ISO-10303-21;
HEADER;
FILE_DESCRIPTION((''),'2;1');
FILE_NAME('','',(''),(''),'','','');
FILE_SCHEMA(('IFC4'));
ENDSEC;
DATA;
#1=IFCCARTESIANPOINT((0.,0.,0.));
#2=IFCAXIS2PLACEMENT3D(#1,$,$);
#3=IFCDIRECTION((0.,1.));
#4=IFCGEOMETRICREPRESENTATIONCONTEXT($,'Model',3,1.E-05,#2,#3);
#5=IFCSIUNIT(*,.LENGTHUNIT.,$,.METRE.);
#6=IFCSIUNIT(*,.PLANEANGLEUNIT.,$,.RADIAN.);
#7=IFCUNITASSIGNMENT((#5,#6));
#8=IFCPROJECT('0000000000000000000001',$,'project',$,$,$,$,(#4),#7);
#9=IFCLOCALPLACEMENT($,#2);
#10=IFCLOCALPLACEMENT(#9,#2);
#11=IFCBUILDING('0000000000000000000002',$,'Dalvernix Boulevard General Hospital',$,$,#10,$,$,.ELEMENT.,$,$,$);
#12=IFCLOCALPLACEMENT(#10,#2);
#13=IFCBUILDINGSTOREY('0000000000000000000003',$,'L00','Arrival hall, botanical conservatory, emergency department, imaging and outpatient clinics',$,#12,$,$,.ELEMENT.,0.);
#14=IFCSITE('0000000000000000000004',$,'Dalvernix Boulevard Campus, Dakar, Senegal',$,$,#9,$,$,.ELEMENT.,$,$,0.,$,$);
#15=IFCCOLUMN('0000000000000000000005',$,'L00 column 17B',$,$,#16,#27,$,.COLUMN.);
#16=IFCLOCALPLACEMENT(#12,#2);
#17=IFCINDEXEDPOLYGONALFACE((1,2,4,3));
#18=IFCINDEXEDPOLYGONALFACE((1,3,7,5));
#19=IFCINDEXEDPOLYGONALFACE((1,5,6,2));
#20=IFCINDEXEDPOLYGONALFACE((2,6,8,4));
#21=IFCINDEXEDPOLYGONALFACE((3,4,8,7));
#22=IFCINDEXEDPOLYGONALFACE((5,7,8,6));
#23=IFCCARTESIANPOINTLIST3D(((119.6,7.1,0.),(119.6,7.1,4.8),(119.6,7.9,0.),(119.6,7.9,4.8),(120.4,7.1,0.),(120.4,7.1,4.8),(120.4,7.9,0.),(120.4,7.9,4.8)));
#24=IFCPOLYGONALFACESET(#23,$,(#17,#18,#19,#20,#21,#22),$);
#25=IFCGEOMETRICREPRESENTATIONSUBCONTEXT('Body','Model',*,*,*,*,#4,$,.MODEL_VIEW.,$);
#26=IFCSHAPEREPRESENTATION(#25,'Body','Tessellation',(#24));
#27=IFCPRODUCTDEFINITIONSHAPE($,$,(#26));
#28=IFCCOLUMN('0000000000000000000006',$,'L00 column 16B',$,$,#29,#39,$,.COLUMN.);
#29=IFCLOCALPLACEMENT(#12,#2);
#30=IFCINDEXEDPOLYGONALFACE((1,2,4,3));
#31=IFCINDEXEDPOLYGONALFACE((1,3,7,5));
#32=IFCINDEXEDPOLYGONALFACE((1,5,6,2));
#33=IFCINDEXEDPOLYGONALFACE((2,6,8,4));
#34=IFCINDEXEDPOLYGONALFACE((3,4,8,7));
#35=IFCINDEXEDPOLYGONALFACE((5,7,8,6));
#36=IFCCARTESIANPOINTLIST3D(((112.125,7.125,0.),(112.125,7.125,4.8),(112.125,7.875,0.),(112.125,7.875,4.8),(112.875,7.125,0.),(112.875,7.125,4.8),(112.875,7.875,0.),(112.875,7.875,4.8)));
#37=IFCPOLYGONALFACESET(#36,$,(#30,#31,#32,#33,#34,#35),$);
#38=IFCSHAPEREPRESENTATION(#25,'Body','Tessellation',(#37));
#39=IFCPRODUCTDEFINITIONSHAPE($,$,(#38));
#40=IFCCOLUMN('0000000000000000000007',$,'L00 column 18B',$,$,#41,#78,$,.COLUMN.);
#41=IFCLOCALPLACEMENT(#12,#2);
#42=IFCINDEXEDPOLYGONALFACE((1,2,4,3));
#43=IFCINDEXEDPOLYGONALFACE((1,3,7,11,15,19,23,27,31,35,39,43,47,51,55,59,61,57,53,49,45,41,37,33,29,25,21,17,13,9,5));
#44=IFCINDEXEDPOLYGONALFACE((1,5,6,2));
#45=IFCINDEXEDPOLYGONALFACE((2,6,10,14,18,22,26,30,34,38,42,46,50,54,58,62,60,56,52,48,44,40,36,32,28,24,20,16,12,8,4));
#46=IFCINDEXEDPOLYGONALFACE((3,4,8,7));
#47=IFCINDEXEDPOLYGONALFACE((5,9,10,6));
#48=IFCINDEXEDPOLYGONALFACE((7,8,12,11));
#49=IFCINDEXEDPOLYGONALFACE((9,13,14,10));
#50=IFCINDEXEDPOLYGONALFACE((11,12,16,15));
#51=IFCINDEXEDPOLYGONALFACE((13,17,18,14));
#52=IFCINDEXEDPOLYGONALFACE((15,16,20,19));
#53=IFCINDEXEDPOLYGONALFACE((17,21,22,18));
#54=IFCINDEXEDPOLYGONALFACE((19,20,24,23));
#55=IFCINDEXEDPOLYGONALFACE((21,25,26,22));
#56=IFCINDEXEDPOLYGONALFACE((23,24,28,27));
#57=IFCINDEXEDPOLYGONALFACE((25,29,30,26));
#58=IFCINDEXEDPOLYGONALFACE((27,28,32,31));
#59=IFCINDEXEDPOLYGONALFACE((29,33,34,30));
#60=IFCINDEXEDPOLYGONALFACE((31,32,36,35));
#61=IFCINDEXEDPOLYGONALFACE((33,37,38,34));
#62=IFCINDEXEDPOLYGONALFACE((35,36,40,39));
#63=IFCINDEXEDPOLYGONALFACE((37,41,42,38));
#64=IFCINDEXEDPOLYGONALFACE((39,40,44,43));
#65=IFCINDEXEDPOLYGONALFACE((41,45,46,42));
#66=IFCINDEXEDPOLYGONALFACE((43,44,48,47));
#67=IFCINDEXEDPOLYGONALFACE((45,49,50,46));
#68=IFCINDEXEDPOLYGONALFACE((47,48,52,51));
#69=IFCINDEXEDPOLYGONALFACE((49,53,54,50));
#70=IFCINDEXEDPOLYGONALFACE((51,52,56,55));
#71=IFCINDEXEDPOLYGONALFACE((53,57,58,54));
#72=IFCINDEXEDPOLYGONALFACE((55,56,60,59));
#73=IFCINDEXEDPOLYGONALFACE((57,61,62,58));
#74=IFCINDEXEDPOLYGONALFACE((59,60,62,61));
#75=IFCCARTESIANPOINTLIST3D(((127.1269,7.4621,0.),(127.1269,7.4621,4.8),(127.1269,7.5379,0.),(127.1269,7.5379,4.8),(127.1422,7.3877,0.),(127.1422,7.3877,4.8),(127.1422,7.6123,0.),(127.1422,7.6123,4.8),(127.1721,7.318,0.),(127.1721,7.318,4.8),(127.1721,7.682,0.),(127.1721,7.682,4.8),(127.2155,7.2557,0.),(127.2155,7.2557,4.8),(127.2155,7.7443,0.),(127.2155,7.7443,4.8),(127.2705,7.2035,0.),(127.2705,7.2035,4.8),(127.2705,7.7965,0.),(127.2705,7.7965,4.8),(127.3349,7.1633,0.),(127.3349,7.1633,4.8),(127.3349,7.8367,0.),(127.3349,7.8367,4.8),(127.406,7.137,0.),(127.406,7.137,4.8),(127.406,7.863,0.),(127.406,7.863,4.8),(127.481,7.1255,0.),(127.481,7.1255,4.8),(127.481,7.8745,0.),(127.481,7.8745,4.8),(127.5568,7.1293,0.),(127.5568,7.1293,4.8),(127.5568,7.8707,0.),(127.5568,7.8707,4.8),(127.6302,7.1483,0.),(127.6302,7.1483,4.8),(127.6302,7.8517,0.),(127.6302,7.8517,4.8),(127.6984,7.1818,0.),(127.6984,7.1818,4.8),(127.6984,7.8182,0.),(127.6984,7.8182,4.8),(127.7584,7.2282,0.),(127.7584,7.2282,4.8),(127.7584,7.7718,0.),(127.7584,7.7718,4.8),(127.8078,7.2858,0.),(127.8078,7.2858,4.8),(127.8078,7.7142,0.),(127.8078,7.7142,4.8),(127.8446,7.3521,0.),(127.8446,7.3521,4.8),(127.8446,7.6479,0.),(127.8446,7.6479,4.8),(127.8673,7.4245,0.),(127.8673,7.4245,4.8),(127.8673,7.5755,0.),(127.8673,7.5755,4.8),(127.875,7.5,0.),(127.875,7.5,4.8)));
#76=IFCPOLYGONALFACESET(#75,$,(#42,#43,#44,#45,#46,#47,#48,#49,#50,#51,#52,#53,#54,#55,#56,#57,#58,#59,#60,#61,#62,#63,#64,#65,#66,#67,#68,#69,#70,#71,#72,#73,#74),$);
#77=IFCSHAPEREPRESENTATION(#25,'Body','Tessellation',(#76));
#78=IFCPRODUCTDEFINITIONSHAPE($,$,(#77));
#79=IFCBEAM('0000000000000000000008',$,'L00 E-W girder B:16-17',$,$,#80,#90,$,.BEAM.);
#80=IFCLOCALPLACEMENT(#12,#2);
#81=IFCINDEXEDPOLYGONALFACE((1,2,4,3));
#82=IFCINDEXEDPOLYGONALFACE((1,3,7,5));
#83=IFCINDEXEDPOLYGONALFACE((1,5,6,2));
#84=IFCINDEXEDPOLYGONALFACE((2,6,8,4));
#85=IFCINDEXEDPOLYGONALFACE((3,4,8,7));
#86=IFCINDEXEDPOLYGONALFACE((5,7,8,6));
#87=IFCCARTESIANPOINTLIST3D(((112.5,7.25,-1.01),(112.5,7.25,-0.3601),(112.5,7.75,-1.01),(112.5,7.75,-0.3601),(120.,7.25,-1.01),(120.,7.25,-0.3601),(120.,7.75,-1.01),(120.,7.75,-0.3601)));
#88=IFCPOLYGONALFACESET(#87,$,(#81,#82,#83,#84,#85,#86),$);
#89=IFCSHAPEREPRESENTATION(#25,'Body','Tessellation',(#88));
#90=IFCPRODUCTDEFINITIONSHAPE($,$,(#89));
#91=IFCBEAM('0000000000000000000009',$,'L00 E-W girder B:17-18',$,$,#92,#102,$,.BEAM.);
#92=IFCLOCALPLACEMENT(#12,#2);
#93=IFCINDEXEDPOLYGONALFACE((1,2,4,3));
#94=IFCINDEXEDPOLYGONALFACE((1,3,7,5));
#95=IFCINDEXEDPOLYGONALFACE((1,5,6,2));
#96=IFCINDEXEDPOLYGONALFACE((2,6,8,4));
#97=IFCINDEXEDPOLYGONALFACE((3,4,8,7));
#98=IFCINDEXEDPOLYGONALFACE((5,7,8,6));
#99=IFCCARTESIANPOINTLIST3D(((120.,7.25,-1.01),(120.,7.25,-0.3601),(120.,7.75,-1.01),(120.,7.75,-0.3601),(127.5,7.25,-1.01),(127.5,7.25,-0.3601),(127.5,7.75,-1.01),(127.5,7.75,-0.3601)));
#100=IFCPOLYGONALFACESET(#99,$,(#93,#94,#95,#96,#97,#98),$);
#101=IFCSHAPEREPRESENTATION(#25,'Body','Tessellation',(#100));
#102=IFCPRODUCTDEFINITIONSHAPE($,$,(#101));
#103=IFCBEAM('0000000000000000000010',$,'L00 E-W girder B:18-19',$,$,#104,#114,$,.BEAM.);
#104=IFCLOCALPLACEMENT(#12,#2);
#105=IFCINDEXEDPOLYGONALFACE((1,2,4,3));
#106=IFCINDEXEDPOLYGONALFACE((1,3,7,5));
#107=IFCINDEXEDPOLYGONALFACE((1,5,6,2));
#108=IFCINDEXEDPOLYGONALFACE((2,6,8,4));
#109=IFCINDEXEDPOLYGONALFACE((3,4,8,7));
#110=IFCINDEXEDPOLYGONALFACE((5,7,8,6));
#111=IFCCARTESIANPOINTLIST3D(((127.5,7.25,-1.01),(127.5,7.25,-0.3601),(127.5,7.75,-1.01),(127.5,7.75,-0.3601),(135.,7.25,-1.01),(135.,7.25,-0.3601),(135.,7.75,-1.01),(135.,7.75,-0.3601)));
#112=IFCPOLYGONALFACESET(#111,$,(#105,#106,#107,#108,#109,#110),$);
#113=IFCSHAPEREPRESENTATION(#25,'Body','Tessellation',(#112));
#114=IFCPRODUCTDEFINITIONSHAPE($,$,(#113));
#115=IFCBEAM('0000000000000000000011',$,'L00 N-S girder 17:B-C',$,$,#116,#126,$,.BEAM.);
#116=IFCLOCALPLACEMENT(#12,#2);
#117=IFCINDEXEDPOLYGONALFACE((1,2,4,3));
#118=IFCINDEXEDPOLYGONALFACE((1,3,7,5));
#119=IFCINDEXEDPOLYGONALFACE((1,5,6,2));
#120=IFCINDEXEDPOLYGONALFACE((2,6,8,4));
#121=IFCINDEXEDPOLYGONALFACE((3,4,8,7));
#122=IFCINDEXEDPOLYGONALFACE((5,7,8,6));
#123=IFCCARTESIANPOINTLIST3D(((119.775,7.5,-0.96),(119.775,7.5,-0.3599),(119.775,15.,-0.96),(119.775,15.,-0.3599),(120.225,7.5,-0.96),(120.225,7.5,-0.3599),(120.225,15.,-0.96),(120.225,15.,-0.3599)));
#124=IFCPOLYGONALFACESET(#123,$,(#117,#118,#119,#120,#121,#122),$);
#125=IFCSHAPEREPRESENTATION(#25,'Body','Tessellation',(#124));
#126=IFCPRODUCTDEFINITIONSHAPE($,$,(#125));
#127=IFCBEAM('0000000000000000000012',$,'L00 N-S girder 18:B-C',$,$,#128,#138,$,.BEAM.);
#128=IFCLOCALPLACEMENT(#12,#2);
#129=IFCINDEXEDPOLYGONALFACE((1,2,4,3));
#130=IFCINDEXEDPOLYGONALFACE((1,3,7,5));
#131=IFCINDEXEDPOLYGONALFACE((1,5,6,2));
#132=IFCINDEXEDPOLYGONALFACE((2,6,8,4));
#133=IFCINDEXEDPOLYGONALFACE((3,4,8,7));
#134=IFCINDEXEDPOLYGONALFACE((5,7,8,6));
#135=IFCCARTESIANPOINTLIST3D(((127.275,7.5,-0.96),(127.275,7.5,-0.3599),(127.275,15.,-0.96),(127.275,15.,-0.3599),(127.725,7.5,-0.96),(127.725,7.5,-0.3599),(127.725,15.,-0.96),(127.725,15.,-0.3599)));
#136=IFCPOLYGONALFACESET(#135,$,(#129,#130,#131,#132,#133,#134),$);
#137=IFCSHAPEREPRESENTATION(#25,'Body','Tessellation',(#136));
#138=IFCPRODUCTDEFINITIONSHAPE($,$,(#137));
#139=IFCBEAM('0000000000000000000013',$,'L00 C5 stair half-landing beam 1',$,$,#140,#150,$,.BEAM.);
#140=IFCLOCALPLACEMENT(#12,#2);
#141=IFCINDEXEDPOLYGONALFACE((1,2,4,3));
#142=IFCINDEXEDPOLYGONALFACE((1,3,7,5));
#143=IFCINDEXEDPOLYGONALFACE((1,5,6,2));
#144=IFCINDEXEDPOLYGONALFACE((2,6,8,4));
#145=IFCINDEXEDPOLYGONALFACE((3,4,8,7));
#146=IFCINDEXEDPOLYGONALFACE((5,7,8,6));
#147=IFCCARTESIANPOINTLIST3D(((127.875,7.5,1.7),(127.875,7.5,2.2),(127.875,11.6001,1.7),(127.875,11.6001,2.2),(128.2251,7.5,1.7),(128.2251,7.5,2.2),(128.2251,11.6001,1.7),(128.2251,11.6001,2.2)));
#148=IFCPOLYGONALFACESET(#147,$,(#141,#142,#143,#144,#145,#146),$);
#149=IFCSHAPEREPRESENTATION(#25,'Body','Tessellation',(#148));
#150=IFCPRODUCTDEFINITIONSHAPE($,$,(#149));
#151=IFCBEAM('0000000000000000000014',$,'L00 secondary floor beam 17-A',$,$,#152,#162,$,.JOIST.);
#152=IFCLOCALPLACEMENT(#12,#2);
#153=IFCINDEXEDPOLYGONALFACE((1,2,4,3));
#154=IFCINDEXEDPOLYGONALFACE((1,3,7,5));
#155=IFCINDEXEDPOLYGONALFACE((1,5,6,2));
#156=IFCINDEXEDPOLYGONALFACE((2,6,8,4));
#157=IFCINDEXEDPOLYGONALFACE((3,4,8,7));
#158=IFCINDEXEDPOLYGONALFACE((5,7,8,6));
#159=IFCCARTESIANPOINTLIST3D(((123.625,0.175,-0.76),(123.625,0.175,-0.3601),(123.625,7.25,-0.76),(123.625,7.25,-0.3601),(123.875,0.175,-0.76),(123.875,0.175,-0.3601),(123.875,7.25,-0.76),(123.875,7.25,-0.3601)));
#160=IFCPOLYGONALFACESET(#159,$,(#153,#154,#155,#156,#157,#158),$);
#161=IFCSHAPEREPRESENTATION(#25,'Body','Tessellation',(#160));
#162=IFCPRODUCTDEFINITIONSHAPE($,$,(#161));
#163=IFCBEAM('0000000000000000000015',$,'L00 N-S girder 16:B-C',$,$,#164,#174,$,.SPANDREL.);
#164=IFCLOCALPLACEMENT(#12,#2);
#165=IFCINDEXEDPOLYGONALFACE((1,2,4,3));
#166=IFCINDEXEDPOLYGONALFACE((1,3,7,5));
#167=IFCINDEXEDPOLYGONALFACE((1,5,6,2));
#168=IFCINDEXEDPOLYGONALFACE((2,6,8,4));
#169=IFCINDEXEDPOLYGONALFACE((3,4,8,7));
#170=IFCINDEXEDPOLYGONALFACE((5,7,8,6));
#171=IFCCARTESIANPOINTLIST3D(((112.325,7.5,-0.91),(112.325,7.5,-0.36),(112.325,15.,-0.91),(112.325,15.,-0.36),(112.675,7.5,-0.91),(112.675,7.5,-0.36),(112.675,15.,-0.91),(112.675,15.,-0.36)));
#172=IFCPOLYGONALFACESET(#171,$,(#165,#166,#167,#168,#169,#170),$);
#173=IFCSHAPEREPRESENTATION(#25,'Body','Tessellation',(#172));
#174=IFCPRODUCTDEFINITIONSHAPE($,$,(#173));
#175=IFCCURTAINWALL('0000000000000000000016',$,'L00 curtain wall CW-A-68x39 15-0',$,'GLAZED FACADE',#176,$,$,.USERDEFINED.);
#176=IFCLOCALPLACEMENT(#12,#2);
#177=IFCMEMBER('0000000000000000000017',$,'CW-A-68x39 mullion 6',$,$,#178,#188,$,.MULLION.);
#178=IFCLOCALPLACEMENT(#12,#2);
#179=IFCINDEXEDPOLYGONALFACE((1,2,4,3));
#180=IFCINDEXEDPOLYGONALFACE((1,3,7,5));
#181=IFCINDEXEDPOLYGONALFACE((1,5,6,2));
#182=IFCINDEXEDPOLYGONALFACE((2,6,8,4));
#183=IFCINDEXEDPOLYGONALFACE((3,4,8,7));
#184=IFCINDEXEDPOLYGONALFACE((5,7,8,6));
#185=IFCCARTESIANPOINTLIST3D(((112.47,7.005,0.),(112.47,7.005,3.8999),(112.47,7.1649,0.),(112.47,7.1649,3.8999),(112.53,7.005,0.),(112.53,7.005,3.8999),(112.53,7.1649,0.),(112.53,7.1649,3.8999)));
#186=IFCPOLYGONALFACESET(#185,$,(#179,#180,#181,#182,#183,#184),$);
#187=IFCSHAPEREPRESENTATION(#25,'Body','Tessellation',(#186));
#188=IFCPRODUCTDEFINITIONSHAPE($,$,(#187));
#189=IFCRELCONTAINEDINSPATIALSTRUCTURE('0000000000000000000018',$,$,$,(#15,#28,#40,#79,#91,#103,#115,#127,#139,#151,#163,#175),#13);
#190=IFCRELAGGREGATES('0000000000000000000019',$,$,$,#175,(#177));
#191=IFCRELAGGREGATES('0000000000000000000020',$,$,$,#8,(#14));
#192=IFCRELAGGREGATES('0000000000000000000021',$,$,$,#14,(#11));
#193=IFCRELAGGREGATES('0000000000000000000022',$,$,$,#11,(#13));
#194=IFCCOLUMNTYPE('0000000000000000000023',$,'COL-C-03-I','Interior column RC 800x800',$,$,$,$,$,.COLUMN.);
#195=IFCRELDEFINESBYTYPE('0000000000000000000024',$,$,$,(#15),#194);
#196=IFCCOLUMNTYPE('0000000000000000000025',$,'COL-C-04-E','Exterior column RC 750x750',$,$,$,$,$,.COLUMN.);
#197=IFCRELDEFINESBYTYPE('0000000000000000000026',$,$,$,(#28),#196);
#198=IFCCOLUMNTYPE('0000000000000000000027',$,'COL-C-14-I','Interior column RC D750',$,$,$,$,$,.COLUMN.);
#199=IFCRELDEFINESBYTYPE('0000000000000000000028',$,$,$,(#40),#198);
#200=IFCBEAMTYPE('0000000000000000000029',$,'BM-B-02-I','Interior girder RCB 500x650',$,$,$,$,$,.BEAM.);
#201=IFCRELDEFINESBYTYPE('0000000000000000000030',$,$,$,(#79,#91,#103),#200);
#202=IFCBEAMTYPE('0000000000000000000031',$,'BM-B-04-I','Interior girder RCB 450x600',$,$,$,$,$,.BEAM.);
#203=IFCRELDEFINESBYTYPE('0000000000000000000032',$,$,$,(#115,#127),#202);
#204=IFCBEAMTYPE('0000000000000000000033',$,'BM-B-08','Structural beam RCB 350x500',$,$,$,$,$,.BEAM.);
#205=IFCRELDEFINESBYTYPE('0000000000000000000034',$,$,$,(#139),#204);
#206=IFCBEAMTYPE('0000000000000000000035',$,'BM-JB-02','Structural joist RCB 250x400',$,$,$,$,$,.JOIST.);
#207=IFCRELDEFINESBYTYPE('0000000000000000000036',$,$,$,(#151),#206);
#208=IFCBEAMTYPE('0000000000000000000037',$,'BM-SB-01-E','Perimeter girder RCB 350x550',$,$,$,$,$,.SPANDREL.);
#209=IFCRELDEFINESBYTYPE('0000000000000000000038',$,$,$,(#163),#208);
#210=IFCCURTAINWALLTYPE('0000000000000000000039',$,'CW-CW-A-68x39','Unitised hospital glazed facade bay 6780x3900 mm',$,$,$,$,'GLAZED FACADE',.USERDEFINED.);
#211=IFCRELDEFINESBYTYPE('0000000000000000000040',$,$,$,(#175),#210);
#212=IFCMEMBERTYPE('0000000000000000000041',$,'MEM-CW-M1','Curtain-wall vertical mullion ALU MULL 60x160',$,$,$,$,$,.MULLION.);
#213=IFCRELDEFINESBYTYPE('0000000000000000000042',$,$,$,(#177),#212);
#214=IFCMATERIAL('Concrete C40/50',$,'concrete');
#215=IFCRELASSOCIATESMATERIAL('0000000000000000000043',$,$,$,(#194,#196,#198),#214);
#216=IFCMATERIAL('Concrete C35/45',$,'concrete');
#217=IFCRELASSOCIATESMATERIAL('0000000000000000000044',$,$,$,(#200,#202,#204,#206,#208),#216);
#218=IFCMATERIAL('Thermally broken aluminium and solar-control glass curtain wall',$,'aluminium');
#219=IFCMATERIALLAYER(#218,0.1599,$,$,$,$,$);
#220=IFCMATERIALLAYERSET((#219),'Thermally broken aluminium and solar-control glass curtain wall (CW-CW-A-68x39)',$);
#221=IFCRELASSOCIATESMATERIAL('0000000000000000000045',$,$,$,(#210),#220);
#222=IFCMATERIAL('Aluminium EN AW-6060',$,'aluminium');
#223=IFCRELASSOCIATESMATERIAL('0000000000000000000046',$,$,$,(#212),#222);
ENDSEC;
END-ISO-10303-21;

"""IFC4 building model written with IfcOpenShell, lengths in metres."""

from ifc_helpers import new_model, si_unit, direction, frame, origin, origin_2d, place, context, subcontext, project, spatial, rectangle, circle, extrude, material, layer, layer_set, material_profile, profile_set, type_object, element, aggregate, save


model = new_model("IFC4")

# Units and contexts
model_context = context("Model", 3, precision=1e-05, world=origin(), true_north=direction((0.0, 1.0)))
body_context = subcontext(model_context, "Body", "Model", "MODEL_VIEW")
ifc_project = project(units=[si_unit("LENGTHUNIT", "METRE"), si_unit("PLANEANGLEUNIT", "RADIAN")], contexts=[model_context])

# Site, building, storey
site_placement = place(None, origin())
site = spatial("IfcSite", under=ifc_project, at=site_placement, Name="Dalvernix Boulevard Campus, Dakar, Senegal", CompositionType="ELEMENT", RefElevation=0.0)
building_placement = place(site_placement, origin())
building = spatial("IfcBuilding", under=site, at=building_placement, Name="Dalvernix Boulevard General Hospital", CompositionType="ELEMENT")
storey_placement = place(building_placement, origin())
storey = spatial("IfcBuildingStorey", under=building, at=storey_placement, Name="L00", Description="Arrival hall, botanical conservatory, emergency department, imaging and outpatient clinics", CompositionType="ELEMENT", Elevation=0.0)

# Columns
ifc_material_1 = material(Name="Concrete C40/50", Category="concrete")
ifc_material_profile_1 = material_profile(ifc_material_1, rectangle(XDim=0.8, YDim=0.8, at=origin_2d()), Name="RC 800x800")
ifc_profile_set_1 = profile_set([ifc_material_profile_1], Name="Concrete C40/50")
column_type_1 = type_object("IfcColumnType", Name="COL-C-03-I", Description="Interior column RC 800x800", PredefinedType="COLUMN", material=ifc_profile_set_1)
column_1_placement = place(storey_placement, frame((120.0, 7.5, 0.0), z_axis=(0.0, 0.0, 1.0), x_axis=(1.0, 0.0, 0.0)))
element("IfcColumn", 1, at=column_1_placement, inside=storey, type_object=column_type_1, Name="L00 column 17B", PredefinedType="COLUMN", context=body_context, shape_type="SweptSolid", body=[
    extrude(rectangle(XDim=0.8, YDim=0.8, at=origin_2d()), origin(), (0.0, 0.0, 1.0), 4.8),
])
ifc_material_profile_2 = material_profile(ifc_material_1, rectangle(XDim=0.75, YDim=0.75, at=origin_2d()), Name="RC 750x750")
ifc_profile_set_2 = profile_set([ifc_material_profile_2], Name="Concrete C40/50")
column_type_2 = type_object("IfcColumnType", Name="COL-C-04-E", Description="Exterior column RC 750x750", PredefinedType="COLUMN", material=ifc_profile_set_2)
column_2_placement = place(storey_placement, frame((112.5, 7.5, 0.0), z_axis=(0.0, 0.0, 1.0), x_axis=(1.0, 0.0, 0.0)))
element("IfcColumn", 2, at=column_2_placement, inside=storey, type_object=column_type_2, Name="L00 column 16B", PredefinedType="COLUMN", context=body_context, shape_type="SweptSolid", body=[
    extrude(rectangle(XDim=0.75, YDim=0.75, at=origin_2d()), origin(), (0.0, 0.0, 1.0), 4.8),
])
ifc_material_profile_3 = material_profile(ifc_material_1, circle(Radius=0.375, at=origin_2d()), Name="RC D750")
ifc_profile_set_3 = profile_set([ifc_material_profile_3], Name="Concrete C40/50")
column_type_3 = type_object("IfcColumnType", Name="COL-C-14-I", Description="Interior column RC D750", PredefinedType="COLUMN", material=ifc_profile_set_3)
column_3_placement = place(storey_placement, frame((127.5, 7.5, 0.0), z_axis=(0.0, 0.0, 1.0), x_axis=(1.0, 0.0, 0.0)))
element("IfcColumn", 3, at=column_3_placement, inside=storey, type_object=column_type_3, Name="L00 column 18B", PredefinedType="COLUMN", context=body_context, shape_type="SweptSolid", body=[
    extrude(circle(Radius=0.375, at=origin_2d()), origin(), (0.0, 0.0, 1.0), 4.8),
])

# Beams
ifc_material_2 = material(Name="Concrete C35/45", Category="concrete")
ifc_material_profile_4 = material_profile(ifc_material_2, rectangle(XDim=0.5, YDim=0.6499, at=origin_2d()), Name="RCB 500x650")
ifc_profile_set_4 = profile_set([ifc_material_profile_4], Name="Concrete C35/45")
beam_type_1 = type_object("IfcBeamType", Name="BM-B-02-I", Description="Interior girder RCB 500x650", PredefinedType="BEAM", material=ifc_profile_set_4)
for number, where, z_axis, x_axis, name in (
    (4, (112.5, 7.5, -0.6851), (1.0, 0.0, 0.0), (0.0, 1.0, 0.0), "L00 E-W girder B:16-17"),
    (5, (120.0, 7.5, -0.6851), (1.0, 0.0, 0.0), (0.0, 1.0, 0.0), "L00 E-W girder B:17-18"),
    (6, (127.5, 7.5, -0.6851), (1.0, 0.0, 0.0), (0.0, 1.0, 0.0), "L00 E-W girder B:18-19"),
):
    element("IfcBeam", number, at=place(storey_placement, frame(where, z_axis=z_axis, x_axis=x_axis)), inside=storey, type_object=beam_type_1, Name=name, PredefinedType="BEAM", context=body_context, shape_type="SweptSolid", body=[
        extrude(rectangle(XDim=0.5, YDim=0.6499, at=origin_2d()), origin(), (0.0, 0.0, 1.0), 7.5),
    ])
ifc_material_profile_5 = material_profile(ifc_material_2, rectangle(XDim=0.45, YDim=0.6001, at=origin_2d()), Name="RCB 450x600")
ifc_profile_set_5 = profile_set([ifc_material_profile_5], Name="Concrete C35/45")
beam_type_2 = type_object("IfcBeamType", Name="BM-B-04-I", Description="Interior girder RCB 450x600", PredefinedType="BEAM", material=ifc_profile_set_5)
for number, where, z_axis, x_axis, name in (
    (7, (120.0, 7.5, -0.6599), (0.0, 1.0, 0.0), (-1.0, 0.0, 0.0), "L00 N-S girder 17:B-C"),
    (8, (127.5, 7.5, -0.6599), (0.0, 1.0, 0.0), (-1.0, 0.0, 0.0), "L00 N-S girder 18:B-C"),
):
    element("IfcBeam", number, at=place(storey_placement, frame(where, z_axis=z_axis, x_axis=x_axis)), inside=storey, type_object=beam_type_2, Name=name, PredefinedType="BEAM", context=body_context, shape_type="SweptSolid", body=[
        extrude(rectangle(XDim=0.45, YDim=0.6001, at=origin_2d()), origin(), (0.0, 0.0, 1.0), 7.5),
    ])
ifc_material_profile_6 = material_profile(ifc_material_2, rectangle(XDim=0.3501, YDim=0.5, at=origin_2d()), Name="RCB 350x500")
ifc_profile_set_6 = profile_set([ifc_material_profile_6], Name="Concrete C35/45")
beam_type_3 = type_object("IfcBeamType", Name="BM-B-08", Description="Structural beam RCB 350x500", PredefinedType="BEAM", material=ifc_profile_set_6)
beam_1_placement = place(storey_placement, frame((128.05, 7.5, 1.95), z_axis=(0.0, 1.0, 0.0), x_axis=(-1.0, 0.0, 0.0)))
element("IfcBeam", 9, at=beam_1_placement, inside=storey, type_object=beam_type_3, Name="L00 C5 stair half-landing beam 1", PredefinedType="BEAM", context=body_context, shape_type="SweptSolid", body=[
    extrude(rectangle(XDim=0.3501, YDim=0.5, at=origin_2d()), origin(), (0.0, 0.0, 1.0), 4.1001),
])
ifc_material_profile_7 = material_profile(ifc_material_2, rectangle(XDim=0.25, YDim=0.3999, at=origin_2d()), Name="RCB 250x400")
ifc_profile_set_7 = profile_set([ifc_material_profile_7], Name="Concrete C35/45")
beam_type_4 = type_object("IfcBeamType", Name="BM-JB-02", Description="Structural joist RCB 250x400", PredefinedType="JOIST", material=ifc_profile_set_7)
beam_2_placement = place(storey_placement, frame((123.75, 0.175, -0.5601), z_axis=(0.0, 1.0, 0.0), x_axis=(-1.0, 0.0, 0.0)))
element("IfcBeam", 10, at=beam_2_placement, inside=storey, type_object=beam_type_4, Name="L00 secondary floor beam 17-A", PredefinedType="JOIST", context=body_context, shape_type="SweptSolid", body=[
    extrude(rectangle(XDim=0.25, YDim=0.3999, at=origin_2d()), origin(), (0.0, 0.0, 1.0), 7.075),
])
ifc_material_profile_8 = material_profile(ifc_material_2, rectangle(XDim=0.3501, YDim=0.55, at=origin_2d()), Name="RCB 350x550")
ifc_profile_set_8 = profile_set([ifc_material_profile_8], Name="Concrete C35/45")
beam_type_5 = type_object("IfcBeamType", Name="BM-SB-01-E", Description="Perimeter girder RCB 350x550", PredefinedType="SPANDREL", material=ifc_profile_set_8)
beam_3_placement = place(storey_placement, frame((112.5, 7.5, -0.635), z_axis=(0.0, 1.0, 0.0), x_axis=(-1.0, 0.0, 0.0)))
element("IfcBeam", 11, at=beam_3_placement, inside=storey, type_object=beam_type_5, Name="L00 N-S girder 16:B-C", PredefinedType="SPANDREL", context=body_context, shape_type="SweptSolid", body=[
    extrude(rectangle(XDim=0.3501, YDim=0.55, at=origin_2d()), origin(), (0.0, 0.0, 1.0), 7.5),
])

# Curtain wall, member
ifc_material_3 = material(Name="Thermally broken aluminium and solar-control glass curtain wall", Category="aluminium")
ifc_layer_1 = layer(ifc_material_3, 0.1599)
ifc_layer_set_1 = layer_set([ifc_layer_1], Name="Thermally broken aluminium and solar-control glass curtain wall (CW-CW-A-68x39)")
curtain_wall_type = type_object("IfcCurtainWallType", Name="CW-CW-A-68x39", Description="Unitised hospital glazed facade bay 6780x3900 mm", ElementType="GLAZED FACADE", PredefinedType="USERDEFINED", material=ifc_layer_set_1)
curtain_wall_placement = place(storey_placement, origin())
curtain_wall = element("IfcCurtainWall", 12, at=curtain_wall_placement, inside=storey, type_object=curtain_wall_type, Name="L00 curtain wall CW-A-68x39 15-0", ObjectType="GLAZED FACADE", PredefinedType="USERDEFINED")
ifc_material_4 = material(Name="Aluminium EN AW-6060", Category="aluminium")
ifc_material_profile_9 = material_profile(ifc_material_4, rectangle(XDim=0.0601, YDim=0.1599, at=origin_2d()), Name="ALU MULL 60x160")
ifc_profile_set_9 = profile_set([ifc_material_profile_9], Name="Aluminium EN AW-6060")
member_type_1 = type_object("IfcMemberType", Name="MEM-CW-M1", Description="Curtain-wall vertical mullion ALU MULL 60x160", PredefinedType="MULLION", material=ifc_profile_set_9)
member_1_placement = place(storey_placement, frame((112.5, 7.085, 0.0), z_axis=(0.0, 0.0, 1.0), x_axis=(-1.0, 0.0, 0.0)))
member_1 = element("IfcMember", 13, at=member_1_placement, type_object=member_type_1, Name="CW-A-68x39 mullion 6", PredefinedType="MULLION", context=body_context, shape_type="SweptSolid", body=[
    extrude(rectangle(XDim=0.0601, YDim=0.1599, at=origin_2d()), origin(), (0.0, 0.0, 1.0), 3.8999),
])
aggregate(curtain_wall, [member_1])

save(model, "model.ifc")
